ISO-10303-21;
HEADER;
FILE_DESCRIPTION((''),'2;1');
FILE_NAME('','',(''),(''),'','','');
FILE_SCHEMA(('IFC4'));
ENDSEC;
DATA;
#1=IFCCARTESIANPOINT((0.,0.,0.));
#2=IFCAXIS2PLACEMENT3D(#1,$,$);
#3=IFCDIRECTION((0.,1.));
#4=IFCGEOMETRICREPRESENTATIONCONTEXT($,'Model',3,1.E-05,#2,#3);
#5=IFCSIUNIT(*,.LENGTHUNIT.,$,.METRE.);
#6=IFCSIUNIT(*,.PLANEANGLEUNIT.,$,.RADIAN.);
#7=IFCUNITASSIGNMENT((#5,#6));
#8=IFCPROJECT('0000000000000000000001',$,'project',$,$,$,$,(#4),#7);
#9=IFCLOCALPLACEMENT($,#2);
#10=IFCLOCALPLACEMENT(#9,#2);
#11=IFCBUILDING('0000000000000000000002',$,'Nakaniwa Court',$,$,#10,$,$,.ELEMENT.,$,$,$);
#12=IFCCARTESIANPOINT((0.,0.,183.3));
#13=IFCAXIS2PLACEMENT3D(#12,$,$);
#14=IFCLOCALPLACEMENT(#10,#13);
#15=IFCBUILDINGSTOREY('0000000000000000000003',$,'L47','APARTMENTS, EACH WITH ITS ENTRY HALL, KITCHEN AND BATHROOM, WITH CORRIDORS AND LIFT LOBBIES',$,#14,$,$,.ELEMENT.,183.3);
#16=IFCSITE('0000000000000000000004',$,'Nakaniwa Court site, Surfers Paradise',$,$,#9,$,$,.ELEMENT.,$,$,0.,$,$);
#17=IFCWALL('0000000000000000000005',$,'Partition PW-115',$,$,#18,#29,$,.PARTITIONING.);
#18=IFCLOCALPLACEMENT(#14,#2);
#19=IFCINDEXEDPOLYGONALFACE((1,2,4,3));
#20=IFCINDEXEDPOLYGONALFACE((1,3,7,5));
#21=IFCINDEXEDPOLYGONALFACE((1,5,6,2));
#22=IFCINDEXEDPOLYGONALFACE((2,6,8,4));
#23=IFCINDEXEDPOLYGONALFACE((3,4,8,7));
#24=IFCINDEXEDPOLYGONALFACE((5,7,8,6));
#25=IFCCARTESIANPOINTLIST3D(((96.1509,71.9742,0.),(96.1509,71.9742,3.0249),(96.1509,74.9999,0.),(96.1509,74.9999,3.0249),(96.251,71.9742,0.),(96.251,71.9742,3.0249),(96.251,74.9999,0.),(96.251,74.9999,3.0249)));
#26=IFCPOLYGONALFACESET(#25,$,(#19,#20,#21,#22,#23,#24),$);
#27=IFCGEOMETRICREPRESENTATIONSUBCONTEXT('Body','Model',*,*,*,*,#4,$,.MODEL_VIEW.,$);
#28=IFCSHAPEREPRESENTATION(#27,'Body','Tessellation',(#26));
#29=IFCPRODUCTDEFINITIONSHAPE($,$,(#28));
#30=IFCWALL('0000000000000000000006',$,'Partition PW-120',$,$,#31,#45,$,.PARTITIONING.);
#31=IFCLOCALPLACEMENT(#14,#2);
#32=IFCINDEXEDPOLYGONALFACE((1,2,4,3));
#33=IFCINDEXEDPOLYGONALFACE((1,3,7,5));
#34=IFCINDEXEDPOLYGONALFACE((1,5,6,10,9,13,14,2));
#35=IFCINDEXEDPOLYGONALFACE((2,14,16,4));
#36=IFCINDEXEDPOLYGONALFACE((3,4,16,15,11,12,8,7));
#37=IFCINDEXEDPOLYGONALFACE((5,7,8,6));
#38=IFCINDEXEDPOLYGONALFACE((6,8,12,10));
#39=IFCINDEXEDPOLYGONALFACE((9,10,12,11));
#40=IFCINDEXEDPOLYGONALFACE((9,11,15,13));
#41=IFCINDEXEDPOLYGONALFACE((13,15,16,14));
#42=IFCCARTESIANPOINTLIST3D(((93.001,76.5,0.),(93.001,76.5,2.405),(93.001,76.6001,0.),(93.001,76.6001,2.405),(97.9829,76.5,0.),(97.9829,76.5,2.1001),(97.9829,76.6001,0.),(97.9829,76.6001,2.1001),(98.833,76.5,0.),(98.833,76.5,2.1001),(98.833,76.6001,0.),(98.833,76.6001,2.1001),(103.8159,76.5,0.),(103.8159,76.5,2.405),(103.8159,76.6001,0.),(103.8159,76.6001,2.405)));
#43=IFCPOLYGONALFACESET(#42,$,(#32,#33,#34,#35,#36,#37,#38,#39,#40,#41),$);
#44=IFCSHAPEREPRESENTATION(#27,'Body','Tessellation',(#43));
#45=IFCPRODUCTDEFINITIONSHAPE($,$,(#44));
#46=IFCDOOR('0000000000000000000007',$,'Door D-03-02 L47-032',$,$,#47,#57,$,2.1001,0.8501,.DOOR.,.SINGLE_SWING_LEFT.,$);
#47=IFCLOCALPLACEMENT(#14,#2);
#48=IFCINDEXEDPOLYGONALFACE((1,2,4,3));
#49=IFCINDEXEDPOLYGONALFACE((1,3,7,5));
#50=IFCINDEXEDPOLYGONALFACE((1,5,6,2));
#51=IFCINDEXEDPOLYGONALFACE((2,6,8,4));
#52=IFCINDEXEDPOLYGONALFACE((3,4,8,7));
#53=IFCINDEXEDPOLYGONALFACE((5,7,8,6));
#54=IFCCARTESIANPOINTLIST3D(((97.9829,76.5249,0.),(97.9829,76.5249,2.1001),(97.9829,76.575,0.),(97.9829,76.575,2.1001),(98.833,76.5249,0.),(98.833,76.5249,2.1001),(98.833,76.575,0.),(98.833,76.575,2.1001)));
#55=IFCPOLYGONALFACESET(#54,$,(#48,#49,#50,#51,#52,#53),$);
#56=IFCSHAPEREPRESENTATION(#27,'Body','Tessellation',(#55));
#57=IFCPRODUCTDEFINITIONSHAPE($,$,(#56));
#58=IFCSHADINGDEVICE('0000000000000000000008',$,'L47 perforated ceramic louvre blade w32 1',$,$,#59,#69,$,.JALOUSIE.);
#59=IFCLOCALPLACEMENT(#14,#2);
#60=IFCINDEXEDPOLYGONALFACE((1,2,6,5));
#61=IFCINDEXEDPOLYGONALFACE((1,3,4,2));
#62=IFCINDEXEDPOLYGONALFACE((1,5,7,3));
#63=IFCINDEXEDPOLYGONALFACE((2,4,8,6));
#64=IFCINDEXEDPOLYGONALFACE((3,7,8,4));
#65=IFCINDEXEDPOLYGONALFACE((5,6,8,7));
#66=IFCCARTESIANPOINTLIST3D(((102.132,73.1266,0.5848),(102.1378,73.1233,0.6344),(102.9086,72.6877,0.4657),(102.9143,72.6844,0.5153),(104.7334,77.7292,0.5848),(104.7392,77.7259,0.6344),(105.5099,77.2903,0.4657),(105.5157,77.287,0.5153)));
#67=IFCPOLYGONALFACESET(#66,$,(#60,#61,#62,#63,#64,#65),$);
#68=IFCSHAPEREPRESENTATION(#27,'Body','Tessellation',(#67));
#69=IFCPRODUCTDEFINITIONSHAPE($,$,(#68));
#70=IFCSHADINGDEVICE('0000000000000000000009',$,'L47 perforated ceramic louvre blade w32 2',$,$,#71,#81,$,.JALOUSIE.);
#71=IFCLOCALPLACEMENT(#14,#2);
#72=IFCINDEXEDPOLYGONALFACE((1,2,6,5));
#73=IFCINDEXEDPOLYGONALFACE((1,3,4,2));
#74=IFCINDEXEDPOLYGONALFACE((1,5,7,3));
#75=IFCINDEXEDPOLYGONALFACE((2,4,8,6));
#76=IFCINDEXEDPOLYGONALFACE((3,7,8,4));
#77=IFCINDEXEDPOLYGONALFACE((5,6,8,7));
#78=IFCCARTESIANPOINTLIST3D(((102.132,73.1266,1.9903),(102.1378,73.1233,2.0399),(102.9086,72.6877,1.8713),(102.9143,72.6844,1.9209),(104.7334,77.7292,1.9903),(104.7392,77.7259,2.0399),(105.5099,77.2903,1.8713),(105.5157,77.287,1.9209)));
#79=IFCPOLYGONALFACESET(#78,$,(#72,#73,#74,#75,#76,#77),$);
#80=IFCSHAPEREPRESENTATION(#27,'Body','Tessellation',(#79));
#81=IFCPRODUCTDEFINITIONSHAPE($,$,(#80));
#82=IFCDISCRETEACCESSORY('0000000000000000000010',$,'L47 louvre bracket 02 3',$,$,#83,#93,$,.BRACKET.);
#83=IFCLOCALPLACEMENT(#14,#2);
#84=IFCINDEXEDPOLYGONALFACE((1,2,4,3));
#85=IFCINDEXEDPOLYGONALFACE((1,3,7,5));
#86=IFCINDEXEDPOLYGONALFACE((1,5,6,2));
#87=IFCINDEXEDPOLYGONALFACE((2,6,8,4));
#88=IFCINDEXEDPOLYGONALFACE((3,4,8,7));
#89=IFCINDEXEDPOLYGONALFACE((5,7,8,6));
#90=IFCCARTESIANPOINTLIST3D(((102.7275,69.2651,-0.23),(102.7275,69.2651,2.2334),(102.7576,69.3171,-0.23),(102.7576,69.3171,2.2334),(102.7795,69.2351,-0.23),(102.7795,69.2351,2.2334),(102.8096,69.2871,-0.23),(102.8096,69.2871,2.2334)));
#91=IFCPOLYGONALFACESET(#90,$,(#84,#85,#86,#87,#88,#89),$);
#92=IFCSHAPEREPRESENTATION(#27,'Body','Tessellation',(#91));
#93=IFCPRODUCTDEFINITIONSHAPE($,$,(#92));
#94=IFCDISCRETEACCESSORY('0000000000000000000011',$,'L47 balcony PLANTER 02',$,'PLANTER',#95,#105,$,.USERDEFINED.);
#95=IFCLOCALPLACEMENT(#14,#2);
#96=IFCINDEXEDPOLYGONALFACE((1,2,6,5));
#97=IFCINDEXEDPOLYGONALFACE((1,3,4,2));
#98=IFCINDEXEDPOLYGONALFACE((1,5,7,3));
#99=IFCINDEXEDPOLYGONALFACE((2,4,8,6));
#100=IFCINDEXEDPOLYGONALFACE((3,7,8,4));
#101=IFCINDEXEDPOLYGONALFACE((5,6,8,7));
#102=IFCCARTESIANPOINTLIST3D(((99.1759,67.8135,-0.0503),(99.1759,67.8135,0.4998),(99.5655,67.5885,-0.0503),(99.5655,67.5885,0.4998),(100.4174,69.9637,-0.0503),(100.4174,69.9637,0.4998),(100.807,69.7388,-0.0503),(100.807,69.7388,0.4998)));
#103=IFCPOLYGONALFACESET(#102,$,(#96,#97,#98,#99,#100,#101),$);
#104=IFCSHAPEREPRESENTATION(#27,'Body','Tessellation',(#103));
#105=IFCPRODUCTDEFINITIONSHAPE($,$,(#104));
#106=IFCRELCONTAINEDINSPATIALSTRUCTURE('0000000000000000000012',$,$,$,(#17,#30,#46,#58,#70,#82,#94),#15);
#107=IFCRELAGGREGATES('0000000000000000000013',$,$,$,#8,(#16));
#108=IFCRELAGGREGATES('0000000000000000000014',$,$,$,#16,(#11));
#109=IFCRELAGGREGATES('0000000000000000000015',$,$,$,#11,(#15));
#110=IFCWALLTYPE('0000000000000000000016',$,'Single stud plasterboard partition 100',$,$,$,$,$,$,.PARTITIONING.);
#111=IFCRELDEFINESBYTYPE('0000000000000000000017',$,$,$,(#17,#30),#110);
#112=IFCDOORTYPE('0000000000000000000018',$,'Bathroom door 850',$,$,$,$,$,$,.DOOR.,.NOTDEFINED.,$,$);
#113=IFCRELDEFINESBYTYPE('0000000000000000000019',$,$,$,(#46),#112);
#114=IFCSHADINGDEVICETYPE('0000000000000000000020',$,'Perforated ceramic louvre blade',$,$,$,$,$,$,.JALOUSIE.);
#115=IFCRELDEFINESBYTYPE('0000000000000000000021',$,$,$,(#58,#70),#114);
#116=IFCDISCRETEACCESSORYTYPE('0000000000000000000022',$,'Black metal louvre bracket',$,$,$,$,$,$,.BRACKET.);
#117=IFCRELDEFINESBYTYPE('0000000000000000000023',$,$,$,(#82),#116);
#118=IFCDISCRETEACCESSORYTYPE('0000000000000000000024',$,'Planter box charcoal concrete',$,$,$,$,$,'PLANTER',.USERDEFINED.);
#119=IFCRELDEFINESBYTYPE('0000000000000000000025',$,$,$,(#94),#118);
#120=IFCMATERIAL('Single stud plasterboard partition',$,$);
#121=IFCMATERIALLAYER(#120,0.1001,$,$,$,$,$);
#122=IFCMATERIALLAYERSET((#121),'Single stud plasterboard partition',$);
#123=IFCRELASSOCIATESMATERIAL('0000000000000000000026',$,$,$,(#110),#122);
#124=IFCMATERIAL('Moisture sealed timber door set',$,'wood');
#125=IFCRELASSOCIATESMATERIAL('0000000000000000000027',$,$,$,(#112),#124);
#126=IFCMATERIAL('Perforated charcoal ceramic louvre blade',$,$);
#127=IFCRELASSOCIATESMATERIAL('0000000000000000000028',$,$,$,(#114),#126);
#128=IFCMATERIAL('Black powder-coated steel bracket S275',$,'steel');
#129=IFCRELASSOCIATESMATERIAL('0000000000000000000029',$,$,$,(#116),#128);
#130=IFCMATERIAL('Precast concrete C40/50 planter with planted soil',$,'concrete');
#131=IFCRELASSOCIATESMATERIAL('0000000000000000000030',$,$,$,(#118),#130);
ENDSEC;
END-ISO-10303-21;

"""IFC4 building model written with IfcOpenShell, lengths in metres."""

from ifc_helpers import new_model, si_unit, direction, frame, frame_2d, origin, origin_2d, place, context, subcontext, project, spatial, rectangle, extrude, material, layer, layer_set, material_profile, profile_set, type_object, element, fill, save


model = new_model("IFC4")

# Units and contexts
model_context = context("Model", 3, precision=1e-05, world=origin(), true_north=direction((0.0, 1.0)))
body_context = subcontext(model_context, "Body", "Model", "MODEL_VIEW")
ifc_project = project(units=[si_unit("LENGTHUNIT", "METRE"), si_unit("PLANEANGLEUNIT", "RADIAN")], contexts=[model_context])

# Site, building, storey
site_placement = place(None, origin())
site = spatial("IfcSite", under=ifc_project, at=site_placement, Name="Nakaniwa Court site, Surfers Paradise", CompositionType="ELEMENT", RefElevation=0.0)
building_placement = place(site_placement, origin())
building = spatial("IfcBuilding", under=site, at=building_placement, Name="Nakaniwa Court", CompositionType="ELEMENT")
storey_placement = place(building_placement, frame((0.0, 0.0, 183.3)))
storey = spatial("IfcBuildingStorey", under=building, at=storey_placement, Name="L47", Description="APARTMENTS, EACH WITH ITS ENTRY HALL, KITCHEN AND BATHROOM, WITH CORRIDORS AND LIFT LOBBIES", CompositionType="ELEMENT", Elevation=183.3)

# Shared definitions
ifc_material_1 = material(Name="Single stud plasterboard partition")
ifc_layer_1 = layer(ifc_material_1, 0.1001)
ifc_layer_set_1 = layer_set([ifc_layer_1], Name="Single stud plasterboard partition")
wall_type_1 = type_object("IfcWallType", Name="Single stud plasterboard partition 100", PredefinedType="PARTITIONING", material=ifc_layer_set_1)
ifc_material_2 = material(Name="Moisture sealed timber door set", Category="wood")
door_type_1 = type_object("IfcDoorType", Name="Bathroom door 850", OperationType="NOTDEFINED", PredefinedType="DOOR", material=ifc_material_2)

# Wall
wall_1_placement = place(storey_placement, frame((96.2009, 71.9744, 0.0), z_axis=(0.0, 0.0, 1.0), x_axis=(0.0, 1.0, 0.0)))
element("IfcWall", 1, at=wall_1_placement, inside=storey, type_object=wall_type_1, Name="Partition PW-115", PredefinedType="PARTITIONING", context=body_context, shape_type="SweptSolid", body=[
    extrude(rectangle(XDim=3.0256, YDim=0.1001, at=frame_2d((1.5127, 0.0))), origin(), (0.0, 0.0, 1.0), 3.0249),
])

# Wall, opening, door
wall_2_placement = place(storey_placement, frame((93.001, 76.55, 0.0), z_axis=(0.0, 0.0, 1.0), x_axis=(1.0, 0.0, 0.0)))
wall_2 = element("IfcWall", 2, at=wall_2_placement, inside=storey, type_object=wall_type_1, Name="Partition PW-120", PredefinedType="PARTITIONING", context=body_context, shape_type="SweptSolid", body=[
    extrude(rectangle(XDim=10.8149, YDim=0.1001, at=frame_2d((5.4075, 0.0))), origin(), (0.0, 0.0, 1.0), 2.405),
])
opening_1_placement = place(wall_2_placement, frame((4.9819, 0.0, 0.0)))
opening_1 = element("IfcOpeningElement", 3, at=opening_1_placement, cuts=wall_2, PredefinedType="OPENING", context=body_context, shape_type="SweptSolid", body=[
    extrude(rectangle(XDim=0.8501, YDim=2.1001, at=frame_2d((0.425, 1.05))), frame((0.0, 0.0601, 0.0), z_axis=(0.0, -1.0, 0.0), x_axis=(1.0, 0.0, 0.0)), (0.0, 0.0, 1.0), 0.1201),
])
door_1_placement = place(opening_1_placement, origin())
door_1 = element("IfcDoor", 4, at=door_1_placement, inside=storey, type_object=door_type_1, Name="Door D-03-02 L47-032", OperationType="SINGLE_SWING_LEFT", OverallHeight=2.1001, OverallWidth=0.8501, PredefinedType="DOOR", context=body_context, shape_type="SweptSolid", body=[
    extrude(rectangle(XDim=0.8501, YDim=2.1001, at=frame_2d((0.425, 1.05))), frame((0.0, 0.0249, 0.0), z_axis=(0.0, -1.0, 0.0), x_axis=(1.0, 0.0, 0.0)), (0.0, 0.0, 1.0), 0.05),
])
fill(opening_1, door_1)

# Shading devices
ifc_material_3 = material(Name="Perforated charcoal ceramic louvre blade")
ifc_material_profile_1 = material_profile(ifc_material_3, rectangle(XDim=0.8999, YDim=0.05, at=origin_2d()), Name="Perforated ceramic louvre blade")
ifc_profile_set_1 = profile_set([ifc_material_profile_1], Name="Perforated charcoal ceramic louvre blade")
shading_device_type = type_object("IfcShadingDeviceType", Name="Perforated ceramic louvre blade", PredefinedType="JALOUSIE", material=ifc_profile_set_1)
for number, where, z_axis, x_axis, name in (
    (5, (102.5232, 72.9055, 0.55), (0.492041, 0.870572, 0.0), (-0.862925, 0.487718, 0.132256), "L47 perforated ceramic louvre blade w32 1"),
    (6, (102.5232, 72.9055, 1.9556), (0.492041, 0.870572, 0.0), (-0.862925, 0.487718, 0.132256), "L47 perforated ceramic louvre blade w32 2"),
):
    element("IfcShadingDevice", number, at=place(storey_placement, frame(where, z_axis=z_axis, x_axis=x_axis)), inside=storey, type_object=shading_device_type, Name=name, PredefinedType="JALOUSIE", context=body_context, shape_type="SweptSolid", body=[
        extrude(rectangle(XDim=0.8999, YDim=0.05, at=origin_2d()), origin(), (0.0, 0.0, 1.0), 5.2869),
    ])

# Discrete accessories
ifc_material_4 = material(Name="Black powder-coated steel bracket S275", Category="steel")
discrete_accessory_type_1 = type_object("IfcDiscreteAccessoryType", Name="Black metal louvre bracket", PredefinedType="BRACKET", material=ifc_material_4)
discrete_accessory_1_placement = place(storey_placement, frame((102.7686, 69.2761, -0.23), z_axis=(0.0, 0.0, 1.0), x_axis=(0.500017, 0.866016, 0.0)))
element("IfcDiscreteAccessory", 7, at=discrete_accessory_1_placement, inside=storey, type_object=discrete_accessory_type_1, Name="L47 louvre bracket 02 3", PredefinedType="BRACKET", context=body_context, shape_type="SweptSolid", body=[
    extrude(rectangle(XDim=0.0601, YDim=0.0601, at=origin_2d()), origin(), (0.0, 0.0, 1.0), 2.4634),
])
ifc_material_5 = material(Name="Precast concrete C40/50 planter with planted soil", Category="concrete")
discrete_accessory_type_2 = type_object("IfcDiscreteAccessoryType", Name="Planter box charcoal concrete", ElementType="PLANTER", PredefinedType="USERDEFINED", material=ifc_material_5)
discrete_accessory_2_placement = place(storey_placement, frame((99.9915, 68.7761, -0.0503), z_axis=(0.0, 0.0, 1.0), x_axis=(0.500017, 0.866016, 0.0)))
element("IfcDiscreteAccessory", 8, at=discrete_accessory_2_placement, inside=storey, type_object=discrete_accessory_type_2, Name="L47 balcony PLANTER 02", ObjectType="PLANTER", PredefinedType="USERDEFINED", context=body_context, shape_type="SweptSolid", body=[
    extrude(rectangle(XDim=2.4829, YDim=0.45, at=origin_2d()), origin(), (0.0, 0.0, 1.0), 0.55),
])

save(model, "model.ifc")
